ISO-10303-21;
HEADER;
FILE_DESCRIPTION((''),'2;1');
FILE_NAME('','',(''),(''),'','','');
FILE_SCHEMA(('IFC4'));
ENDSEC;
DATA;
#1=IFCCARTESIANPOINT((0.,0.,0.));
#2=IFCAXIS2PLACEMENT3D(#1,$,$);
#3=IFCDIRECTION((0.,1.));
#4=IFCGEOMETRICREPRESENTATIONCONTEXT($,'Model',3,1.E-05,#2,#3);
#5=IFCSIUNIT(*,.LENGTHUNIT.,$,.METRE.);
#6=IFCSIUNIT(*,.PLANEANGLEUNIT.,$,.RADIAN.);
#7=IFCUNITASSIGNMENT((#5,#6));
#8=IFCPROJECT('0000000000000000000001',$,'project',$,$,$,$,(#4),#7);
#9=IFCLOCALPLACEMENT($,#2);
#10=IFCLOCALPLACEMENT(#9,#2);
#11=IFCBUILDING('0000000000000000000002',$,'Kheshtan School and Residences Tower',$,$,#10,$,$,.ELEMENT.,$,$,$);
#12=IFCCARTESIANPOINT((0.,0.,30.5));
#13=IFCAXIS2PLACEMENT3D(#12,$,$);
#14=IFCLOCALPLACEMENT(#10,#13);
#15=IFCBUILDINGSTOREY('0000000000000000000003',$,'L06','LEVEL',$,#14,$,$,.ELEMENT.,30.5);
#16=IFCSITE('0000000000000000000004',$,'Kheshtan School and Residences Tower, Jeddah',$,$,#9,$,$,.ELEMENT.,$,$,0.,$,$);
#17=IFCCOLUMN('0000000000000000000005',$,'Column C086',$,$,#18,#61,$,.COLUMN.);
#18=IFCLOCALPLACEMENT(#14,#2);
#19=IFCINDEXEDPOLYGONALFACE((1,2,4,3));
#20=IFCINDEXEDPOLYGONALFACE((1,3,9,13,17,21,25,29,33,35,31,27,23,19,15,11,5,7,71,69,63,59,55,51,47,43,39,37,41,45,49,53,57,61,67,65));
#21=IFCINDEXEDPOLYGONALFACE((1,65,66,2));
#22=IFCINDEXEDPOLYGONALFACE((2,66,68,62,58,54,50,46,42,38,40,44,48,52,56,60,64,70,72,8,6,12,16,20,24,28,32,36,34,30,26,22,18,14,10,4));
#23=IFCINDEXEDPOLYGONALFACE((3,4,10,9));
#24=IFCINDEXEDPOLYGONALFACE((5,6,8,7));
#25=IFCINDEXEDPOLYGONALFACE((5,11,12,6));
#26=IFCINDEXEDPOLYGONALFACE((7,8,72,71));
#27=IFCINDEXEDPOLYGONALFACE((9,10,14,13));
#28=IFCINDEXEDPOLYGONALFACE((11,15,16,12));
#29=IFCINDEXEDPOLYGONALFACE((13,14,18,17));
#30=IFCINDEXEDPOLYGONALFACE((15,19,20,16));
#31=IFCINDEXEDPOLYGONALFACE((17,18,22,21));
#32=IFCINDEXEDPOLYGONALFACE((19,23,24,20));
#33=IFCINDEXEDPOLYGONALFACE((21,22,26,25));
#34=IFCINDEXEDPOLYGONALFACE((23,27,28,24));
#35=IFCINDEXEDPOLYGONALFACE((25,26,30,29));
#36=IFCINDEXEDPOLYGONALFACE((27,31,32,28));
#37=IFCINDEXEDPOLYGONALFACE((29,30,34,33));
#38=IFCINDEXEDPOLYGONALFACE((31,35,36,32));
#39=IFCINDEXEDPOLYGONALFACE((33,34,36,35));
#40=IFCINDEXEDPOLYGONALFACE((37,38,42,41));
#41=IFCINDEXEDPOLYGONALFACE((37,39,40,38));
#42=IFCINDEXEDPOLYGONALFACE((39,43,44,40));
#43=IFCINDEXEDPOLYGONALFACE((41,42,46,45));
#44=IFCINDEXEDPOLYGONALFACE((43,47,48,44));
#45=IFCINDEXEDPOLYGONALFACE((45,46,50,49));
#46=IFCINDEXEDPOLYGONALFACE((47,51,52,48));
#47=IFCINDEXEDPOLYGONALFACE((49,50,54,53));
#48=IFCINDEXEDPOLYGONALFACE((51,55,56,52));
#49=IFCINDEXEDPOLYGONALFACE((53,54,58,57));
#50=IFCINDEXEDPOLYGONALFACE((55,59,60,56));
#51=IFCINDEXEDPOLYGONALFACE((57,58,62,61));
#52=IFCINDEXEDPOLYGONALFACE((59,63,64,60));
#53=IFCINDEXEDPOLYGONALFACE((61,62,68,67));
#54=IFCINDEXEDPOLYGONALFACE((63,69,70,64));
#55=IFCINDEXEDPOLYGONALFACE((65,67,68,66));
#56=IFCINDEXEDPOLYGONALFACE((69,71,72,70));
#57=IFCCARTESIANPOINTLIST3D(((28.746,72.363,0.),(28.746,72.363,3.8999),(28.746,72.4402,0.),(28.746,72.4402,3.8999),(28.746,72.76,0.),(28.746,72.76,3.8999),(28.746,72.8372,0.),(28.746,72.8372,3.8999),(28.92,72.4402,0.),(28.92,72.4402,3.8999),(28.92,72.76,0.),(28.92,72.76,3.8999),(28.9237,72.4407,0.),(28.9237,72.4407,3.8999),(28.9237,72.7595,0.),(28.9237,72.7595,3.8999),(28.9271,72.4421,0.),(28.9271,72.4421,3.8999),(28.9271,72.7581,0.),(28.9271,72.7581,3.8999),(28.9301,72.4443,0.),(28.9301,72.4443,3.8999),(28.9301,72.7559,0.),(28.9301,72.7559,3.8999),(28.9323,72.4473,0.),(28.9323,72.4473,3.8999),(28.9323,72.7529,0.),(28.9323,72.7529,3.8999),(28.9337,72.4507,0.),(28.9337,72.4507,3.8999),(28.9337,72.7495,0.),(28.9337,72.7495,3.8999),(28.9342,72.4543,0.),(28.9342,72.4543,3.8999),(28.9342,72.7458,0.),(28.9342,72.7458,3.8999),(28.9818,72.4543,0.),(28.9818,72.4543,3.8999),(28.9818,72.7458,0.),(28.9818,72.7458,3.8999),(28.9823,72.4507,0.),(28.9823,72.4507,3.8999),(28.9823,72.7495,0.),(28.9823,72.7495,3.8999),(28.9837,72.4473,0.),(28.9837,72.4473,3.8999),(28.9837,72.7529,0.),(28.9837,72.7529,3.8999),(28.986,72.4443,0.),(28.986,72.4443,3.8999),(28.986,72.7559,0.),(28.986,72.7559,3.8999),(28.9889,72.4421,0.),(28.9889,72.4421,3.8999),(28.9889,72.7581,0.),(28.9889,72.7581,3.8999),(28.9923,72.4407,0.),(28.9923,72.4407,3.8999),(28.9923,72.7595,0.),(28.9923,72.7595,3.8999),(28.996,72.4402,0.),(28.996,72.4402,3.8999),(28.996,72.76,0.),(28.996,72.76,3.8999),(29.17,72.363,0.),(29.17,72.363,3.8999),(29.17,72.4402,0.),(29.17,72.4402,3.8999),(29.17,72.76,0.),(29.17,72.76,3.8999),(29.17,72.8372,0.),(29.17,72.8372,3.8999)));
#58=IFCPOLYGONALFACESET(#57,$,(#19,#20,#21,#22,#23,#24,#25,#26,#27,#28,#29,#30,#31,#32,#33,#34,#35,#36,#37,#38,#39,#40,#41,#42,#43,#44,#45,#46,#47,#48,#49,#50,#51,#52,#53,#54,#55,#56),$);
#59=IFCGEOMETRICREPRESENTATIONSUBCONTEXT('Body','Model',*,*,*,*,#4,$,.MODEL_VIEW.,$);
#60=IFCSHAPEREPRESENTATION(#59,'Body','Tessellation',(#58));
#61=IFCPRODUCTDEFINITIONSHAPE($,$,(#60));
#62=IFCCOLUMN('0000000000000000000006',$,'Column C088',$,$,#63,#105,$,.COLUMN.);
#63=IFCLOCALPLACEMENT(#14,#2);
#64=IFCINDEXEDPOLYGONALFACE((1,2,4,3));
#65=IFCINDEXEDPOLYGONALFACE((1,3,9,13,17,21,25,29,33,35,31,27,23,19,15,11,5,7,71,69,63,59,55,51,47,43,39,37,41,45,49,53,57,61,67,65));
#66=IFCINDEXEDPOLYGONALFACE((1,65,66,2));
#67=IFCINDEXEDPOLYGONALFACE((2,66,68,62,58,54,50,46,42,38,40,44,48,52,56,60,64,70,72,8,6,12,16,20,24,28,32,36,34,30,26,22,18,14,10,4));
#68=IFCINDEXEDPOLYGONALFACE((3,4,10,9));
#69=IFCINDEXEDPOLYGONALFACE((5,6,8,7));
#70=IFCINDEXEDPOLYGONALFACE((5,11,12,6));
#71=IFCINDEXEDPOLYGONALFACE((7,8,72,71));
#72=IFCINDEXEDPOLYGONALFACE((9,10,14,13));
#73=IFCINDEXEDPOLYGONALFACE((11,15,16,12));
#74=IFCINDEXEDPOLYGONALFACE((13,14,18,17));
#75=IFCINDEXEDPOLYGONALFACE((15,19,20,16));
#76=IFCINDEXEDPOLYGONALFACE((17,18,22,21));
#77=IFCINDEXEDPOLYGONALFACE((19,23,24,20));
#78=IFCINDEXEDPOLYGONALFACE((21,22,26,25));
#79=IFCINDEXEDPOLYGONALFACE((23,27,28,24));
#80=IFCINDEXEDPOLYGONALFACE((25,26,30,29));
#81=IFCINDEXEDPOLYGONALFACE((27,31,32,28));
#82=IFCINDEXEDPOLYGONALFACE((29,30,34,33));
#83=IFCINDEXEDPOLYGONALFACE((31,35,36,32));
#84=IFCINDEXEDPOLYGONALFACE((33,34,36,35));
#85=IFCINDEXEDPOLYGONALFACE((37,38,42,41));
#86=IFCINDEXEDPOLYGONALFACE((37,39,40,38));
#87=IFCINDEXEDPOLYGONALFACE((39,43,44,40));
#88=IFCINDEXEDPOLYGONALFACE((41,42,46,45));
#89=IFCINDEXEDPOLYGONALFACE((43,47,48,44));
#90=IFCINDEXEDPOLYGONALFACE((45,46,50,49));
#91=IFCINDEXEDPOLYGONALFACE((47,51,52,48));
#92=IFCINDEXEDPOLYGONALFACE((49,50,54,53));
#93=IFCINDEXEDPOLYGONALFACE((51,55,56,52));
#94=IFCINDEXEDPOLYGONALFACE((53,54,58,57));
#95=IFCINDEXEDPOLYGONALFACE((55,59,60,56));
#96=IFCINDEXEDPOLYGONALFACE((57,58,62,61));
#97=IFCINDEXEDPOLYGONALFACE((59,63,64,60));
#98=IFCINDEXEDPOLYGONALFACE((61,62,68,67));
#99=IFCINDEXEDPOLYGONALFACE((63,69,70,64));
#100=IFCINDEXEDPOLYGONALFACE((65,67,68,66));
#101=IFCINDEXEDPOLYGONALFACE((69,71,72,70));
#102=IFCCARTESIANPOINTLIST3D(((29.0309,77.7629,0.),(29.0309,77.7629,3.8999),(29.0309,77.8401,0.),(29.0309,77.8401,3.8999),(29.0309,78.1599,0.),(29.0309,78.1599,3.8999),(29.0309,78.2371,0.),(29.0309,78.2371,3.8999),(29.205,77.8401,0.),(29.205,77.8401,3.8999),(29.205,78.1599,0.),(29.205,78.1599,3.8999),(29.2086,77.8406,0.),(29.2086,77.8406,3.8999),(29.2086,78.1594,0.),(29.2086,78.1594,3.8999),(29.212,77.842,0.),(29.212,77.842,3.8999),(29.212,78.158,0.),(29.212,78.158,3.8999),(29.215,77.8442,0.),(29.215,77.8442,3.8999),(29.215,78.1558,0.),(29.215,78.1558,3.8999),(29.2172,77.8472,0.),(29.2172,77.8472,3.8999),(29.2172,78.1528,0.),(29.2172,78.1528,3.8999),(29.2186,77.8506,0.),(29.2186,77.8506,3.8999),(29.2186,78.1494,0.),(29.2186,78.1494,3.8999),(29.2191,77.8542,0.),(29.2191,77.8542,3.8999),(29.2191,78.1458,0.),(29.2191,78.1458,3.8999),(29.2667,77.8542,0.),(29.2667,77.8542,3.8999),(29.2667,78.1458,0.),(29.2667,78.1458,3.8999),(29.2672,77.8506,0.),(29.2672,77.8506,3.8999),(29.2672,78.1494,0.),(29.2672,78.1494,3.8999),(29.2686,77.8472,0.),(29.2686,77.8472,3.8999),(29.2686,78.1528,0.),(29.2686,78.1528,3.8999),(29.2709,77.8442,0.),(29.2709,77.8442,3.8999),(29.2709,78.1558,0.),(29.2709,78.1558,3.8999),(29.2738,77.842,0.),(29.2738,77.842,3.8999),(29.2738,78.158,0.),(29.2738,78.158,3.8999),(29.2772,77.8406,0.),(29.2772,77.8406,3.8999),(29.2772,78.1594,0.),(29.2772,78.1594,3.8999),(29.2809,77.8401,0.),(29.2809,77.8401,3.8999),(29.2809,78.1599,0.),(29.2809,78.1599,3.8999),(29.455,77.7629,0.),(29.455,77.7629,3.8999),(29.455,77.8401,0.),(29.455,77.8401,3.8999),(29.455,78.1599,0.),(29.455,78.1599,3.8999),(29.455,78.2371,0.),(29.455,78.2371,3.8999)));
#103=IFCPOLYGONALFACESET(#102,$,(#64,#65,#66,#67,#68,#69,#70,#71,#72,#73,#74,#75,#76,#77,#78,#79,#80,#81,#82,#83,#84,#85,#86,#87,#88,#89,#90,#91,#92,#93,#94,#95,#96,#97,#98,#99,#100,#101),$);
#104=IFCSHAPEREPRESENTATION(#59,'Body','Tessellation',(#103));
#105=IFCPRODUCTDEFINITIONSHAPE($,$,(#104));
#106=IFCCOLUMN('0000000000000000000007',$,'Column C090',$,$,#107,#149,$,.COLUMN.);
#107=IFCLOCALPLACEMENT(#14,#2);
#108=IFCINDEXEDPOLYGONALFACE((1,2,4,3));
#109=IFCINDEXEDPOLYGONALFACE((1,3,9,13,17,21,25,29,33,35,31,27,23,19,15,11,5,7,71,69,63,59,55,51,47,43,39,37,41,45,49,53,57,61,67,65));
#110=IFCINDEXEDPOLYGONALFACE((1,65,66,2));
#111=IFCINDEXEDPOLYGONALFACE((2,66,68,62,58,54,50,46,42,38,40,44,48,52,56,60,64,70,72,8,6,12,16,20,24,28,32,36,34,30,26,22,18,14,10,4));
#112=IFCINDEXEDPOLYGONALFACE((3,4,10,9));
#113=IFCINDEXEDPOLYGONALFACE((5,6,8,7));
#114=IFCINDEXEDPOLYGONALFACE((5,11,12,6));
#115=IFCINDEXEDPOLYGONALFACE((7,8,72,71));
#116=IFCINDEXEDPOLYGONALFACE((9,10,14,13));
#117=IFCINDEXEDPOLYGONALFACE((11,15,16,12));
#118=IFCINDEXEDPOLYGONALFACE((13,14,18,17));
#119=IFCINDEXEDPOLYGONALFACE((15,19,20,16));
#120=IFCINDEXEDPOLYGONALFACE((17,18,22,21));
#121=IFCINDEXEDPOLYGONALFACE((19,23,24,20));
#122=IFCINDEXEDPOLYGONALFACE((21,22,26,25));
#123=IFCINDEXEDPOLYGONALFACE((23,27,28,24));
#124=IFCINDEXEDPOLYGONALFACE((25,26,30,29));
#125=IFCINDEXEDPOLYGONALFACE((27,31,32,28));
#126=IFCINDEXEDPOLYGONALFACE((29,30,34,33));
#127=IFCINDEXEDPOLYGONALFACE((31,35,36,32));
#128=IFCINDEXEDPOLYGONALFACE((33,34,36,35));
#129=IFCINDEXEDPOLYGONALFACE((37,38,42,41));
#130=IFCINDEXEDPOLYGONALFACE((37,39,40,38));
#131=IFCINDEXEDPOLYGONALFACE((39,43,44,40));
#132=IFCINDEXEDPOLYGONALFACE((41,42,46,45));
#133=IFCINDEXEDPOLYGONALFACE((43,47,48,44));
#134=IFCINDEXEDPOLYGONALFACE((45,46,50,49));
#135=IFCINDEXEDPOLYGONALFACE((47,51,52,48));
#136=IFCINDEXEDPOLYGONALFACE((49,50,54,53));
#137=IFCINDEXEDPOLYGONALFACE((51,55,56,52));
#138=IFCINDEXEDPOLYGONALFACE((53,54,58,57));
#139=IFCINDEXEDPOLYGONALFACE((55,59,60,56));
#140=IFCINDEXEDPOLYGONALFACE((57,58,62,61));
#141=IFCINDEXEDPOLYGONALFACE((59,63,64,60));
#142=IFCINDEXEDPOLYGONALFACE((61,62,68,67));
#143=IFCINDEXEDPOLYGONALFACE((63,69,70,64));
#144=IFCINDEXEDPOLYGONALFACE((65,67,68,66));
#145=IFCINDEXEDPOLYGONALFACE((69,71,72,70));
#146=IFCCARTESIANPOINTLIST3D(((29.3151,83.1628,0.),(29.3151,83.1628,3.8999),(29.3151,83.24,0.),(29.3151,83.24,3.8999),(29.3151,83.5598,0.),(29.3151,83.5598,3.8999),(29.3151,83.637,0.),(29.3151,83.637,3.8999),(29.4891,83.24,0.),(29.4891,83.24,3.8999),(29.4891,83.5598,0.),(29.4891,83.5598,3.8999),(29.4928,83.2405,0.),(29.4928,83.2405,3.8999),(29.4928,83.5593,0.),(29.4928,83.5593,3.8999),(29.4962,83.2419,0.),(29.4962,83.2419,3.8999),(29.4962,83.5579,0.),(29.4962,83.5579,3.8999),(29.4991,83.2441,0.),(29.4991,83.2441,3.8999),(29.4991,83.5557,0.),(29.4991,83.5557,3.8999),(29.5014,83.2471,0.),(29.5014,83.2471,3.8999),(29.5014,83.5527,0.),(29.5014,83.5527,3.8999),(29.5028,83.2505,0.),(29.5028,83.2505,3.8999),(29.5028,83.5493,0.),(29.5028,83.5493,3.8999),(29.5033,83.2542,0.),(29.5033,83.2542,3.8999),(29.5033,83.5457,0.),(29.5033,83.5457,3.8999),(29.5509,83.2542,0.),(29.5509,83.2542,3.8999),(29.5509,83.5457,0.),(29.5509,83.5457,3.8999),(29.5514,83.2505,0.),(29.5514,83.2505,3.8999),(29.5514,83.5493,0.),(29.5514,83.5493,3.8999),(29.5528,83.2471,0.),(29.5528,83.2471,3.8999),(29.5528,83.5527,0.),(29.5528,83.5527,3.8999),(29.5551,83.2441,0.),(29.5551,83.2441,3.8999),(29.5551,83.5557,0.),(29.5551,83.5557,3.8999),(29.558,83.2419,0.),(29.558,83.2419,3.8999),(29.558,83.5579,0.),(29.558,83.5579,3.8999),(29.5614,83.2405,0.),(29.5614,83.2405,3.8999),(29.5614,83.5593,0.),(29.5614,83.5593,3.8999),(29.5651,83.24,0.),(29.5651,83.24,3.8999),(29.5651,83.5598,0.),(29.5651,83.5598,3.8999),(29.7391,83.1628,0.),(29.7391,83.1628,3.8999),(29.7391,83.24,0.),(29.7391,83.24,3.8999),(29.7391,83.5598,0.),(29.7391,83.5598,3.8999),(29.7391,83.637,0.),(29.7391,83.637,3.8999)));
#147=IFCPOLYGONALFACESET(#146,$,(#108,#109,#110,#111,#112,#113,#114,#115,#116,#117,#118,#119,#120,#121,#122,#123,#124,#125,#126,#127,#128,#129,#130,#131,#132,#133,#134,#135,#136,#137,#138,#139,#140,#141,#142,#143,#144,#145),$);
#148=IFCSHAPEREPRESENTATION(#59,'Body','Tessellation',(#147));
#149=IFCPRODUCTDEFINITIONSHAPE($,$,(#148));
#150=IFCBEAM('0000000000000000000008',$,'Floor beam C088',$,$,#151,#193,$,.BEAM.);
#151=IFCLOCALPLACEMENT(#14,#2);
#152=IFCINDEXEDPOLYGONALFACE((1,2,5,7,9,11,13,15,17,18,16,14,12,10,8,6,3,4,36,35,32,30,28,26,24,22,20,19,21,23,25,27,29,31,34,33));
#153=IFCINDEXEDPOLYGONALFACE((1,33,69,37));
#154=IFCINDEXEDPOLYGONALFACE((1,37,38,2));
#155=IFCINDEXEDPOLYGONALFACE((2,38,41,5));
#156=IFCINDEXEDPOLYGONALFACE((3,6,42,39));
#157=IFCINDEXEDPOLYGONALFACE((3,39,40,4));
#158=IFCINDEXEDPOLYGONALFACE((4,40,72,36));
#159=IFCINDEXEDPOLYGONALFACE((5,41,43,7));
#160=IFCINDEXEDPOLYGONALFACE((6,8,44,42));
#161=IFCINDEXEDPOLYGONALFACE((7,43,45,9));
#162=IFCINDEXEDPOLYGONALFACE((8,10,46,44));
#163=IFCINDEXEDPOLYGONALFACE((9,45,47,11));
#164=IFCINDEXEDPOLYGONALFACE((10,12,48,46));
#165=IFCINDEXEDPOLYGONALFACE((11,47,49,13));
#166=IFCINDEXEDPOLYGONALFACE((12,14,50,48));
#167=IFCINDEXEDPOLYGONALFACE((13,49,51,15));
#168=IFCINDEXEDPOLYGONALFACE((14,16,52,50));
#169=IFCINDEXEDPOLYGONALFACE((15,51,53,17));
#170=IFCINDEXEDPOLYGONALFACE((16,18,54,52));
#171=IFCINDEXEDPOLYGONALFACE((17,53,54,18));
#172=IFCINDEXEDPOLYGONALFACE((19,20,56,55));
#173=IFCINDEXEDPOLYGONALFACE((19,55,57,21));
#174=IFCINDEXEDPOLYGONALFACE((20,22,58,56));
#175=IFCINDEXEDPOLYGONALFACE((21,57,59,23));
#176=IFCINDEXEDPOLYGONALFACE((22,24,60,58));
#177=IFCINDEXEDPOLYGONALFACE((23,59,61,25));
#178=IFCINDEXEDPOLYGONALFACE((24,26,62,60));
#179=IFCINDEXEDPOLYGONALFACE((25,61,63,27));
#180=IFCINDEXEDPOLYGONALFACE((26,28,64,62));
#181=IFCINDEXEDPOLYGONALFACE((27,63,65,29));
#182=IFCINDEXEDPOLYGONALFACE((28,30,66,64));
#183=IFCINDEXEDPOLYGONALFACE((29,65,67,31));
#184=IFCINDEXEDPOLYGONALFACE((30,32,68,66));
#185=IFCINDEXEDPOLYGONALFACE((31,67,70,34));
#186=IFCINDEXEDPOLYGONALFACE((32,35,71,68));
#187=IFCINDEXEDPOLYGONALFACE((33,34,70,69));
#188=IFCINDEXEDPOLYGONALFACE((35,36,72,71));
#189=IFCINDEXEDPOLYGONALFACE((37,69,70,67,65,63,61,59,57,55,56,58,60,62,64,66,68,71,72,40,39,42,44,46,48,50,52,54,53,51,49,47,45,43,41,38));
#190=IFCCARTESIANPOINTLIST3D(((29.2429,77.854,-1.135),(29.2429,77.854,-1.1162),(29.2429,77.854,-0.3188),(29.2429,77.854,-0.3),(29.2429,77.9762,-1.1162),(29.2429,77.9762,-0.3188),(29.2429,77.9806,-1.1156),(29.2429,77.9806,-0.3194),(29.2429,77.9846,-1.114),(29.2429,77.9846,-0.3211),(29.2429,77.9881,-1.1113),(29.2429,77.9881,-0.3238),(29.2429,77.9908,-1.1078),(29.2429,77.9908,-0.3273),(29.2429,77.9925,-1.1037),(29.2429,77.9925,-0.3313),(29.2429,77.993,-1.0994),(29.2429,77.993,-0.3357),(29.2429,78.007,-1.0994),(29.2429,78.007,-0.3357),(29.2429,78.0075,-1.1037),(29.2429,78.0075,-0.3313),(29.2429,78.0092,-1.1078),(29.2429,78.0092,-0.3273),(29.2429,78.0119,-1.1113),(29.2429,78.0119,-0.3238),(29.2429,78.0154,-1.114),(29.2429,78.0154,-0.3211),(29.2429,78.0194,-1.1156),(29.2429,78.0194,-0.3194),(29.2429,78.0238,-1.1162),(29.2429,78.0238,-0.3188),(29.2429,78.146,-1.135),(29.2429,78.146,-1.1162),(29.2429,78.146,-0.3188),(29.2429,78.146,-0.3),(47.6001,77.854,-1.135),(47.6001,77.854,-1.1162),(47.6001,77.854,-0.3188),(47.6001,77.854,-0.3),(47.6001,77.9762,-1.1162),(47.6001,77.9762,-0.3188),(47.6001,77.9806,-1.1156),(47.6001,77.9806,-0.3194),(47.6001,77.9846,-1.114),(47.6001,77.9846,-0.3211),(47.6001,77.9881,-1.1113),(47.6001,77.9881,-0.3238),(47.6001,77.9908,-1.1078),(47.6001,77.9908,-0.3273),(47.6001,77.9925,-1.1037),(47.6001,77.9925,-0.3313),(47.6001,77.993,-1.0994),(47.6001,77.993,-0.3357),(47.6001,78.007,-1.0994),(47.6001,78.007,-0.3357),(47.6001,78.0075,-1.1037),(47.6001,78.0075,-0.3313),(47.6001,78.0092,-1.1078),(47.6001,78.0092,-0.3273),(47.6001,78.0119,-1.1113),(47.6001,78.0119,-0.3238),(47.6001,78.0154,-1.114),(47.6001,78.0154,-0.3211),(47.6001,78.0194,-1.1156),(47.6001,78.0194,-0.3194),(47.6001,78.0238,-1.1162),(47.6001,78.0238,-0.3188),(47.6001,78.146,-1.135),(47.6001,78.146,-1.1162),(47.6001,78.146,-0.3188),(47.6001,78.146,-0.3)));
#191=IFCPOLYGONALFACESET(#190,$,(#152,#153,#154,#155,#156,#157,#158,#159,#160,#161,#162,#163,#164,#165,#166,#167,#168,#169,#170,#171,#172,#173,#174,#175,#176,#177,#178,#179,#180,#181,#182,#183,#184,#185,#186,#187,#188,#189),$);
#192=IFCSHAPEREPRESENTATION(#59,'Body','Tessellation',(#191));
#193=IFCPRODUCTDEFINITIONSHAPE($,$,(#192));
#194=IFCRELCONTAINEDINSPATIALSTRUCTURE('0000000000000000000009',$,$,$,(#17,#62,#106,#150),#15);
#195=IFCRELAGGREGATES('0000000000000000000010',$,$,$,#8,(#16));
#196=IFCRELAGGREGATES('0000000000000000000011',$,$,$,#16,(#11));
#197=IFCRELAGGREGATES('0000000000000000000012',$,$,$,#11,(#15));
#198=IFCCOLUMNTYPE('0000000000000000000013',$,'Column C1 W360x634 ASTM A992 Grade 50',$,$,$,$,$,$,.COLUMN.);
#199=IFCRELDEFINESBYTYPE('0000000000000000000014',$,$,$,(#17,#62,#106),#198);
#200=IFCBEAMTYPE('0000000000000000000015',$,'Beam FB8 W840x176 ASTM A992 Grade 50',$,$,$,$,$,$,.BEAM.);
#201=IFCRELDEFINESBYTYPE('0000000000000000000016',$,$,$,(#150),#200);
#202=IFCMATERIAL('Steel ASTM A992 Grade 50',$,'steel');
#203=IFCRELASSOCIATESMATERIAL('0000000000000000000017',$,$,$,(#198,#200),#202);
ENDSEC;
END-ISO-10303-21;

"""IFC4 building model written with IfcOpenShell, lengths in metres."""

from ifc_helpers import new_model, si_unit, direction, frame, origin, origin_2d, place, context, subcontext, project, spatial, i_section, extrude, material, material_profile, profile_set, type_object, element, save


model = new_model("IFC4")

# Units and contexts
model_context = context("Model", 3, precision=1e-05, world=origin(), true_north=direction((0.0, 1.0)))
body_context = subcontext(model_context, "Body", "Model", "MODEL_VIEW")
ifc_project = project(units=[si_unit("LENGTHUNIT", "METRE"), si_unit("PLANEANGLEUNIT", "RADIAN")], contexts=[model_context])

# Site, building, storey
site_placement = place(None, origin())
site = spatial("IfcSite", under=ifc_project, at=site_placement, Name="Kheshtan School and Residences Tower, Jeddah", CompositionType="ELEMENT", RefElevation=0.0)
building_placement = place(site_placement, origin())
building = spatial("IfcBuilding", under=site, at=building_placement, Name="Kheshtan School and Residences Tower", CompositionType="ELEMENT")
storey_placement = place(building_placement, frame((0.0, 0.0, 30.5)))
storey = spatial("IfcBuildingStorey", under=building, at=storey_placement, Name="L06", Description="LEVEL", CompositionType="ELEMENT", Elevation=30.5)

# Columns
ifc_material_1 = material(Name="Steel ASTM A992 Grade 50", Category="steel")
ifc_material_profile_1 = material_profile(ifc_material_1, i_section(OverallWidth=0.4241, OverallDepth=0.4741, WebThickness=0.0476, FlangeThickness=0.0771, FilletRadius=0.0142, at=origin_2d()), Name="W360x634")
ifc_profile_set_1 = profile_set([ifc_material_profile_1], Name="Steel ASTM A992 Grade 50")
column_type = type_object("IfcColumnType", Name="Column C1 W360x634 ASTM A992 Grade 50", PredefinedType="COLUMN", material=ifc_profile_set_1)
for number, where, z_axis, x_axis, name in (
    (1, (28.958, 72.6001, 0.0), (0.0, 0.0, 1.0), (1.0, 0.0, 0.0), "Column C086"),
    (2, (29.2429, 78.0, 0.0), (0.0, 0.0, 1.0), (1.0, 0.0, 0.0), "Column C088"),
    (3, (29.5271, 83.3999, 0.0), (0.0, 0.0, 1.0), (1.0, 0.0, 0.0), "Column C090"),
):
    element("IfcColumn", number, at=place(storey_placement, frame(where, z_axis=z_axis, x_axis=x_axis)), inside=storey, type_object=column_type, Name=name, PredefinedType="COLUMN", context=body_context, shape_type="SweptSolid", body=[
        extrude(i_section(OverallWidth=0.4241, OverallDepth=0.4741, WebThickness=0.0476, FlangeThickness=0.0771, FilletRadius=0.0142, at=origin_2d()), origin(), (0.0, 0.0, 1.0), 3.8999),
    ])

# Beam
ifc_material_profile_2 = material_profile(ifc_material_1, i_section(OverallWidth=0.292, OverallDepth=0.835, WebThickness=0.0139, FlangeThickness=0.0188, FilletRadius=0.0168, at=origin_2d()), Name="W840x176")
ifc_profile_set_2 = profile_set([ifc_material_profile_2], Name="Steel ASTM A992 Grade 50")
beam_type_1 = type_object("IfcBeamType", Name="Beam FB8 W840x176 ASTM A992 Grade 50", PredefinedType="BEAM", material=ifc_profile_set_2)
beam_1_placement = place(storey_placement, frame((29.2429, 78.0, -0.7175), z_axis=(1.0, 0.0, 0.0), x_axis=(0.0, 1.0, 0.0)))
element("IfcBeam", 4, at=beam_1_placement, inside=storey, type_object=beam_type_1, Name="Floor beam C088", PredefinedType="BEAM", context=body_context, shape_type="SweptSolid", body=[
    extrude(i_section(OverallWidth=0.292, OverallDepth=0.835, WebThickness=0.0139, FlangeThickness=0.0188, FilletRadius=0.0168, at=origin_2d()), origin(), (0.0, 0.0, 1.0), 18.3572),
])

save(model, "model.ifc")
